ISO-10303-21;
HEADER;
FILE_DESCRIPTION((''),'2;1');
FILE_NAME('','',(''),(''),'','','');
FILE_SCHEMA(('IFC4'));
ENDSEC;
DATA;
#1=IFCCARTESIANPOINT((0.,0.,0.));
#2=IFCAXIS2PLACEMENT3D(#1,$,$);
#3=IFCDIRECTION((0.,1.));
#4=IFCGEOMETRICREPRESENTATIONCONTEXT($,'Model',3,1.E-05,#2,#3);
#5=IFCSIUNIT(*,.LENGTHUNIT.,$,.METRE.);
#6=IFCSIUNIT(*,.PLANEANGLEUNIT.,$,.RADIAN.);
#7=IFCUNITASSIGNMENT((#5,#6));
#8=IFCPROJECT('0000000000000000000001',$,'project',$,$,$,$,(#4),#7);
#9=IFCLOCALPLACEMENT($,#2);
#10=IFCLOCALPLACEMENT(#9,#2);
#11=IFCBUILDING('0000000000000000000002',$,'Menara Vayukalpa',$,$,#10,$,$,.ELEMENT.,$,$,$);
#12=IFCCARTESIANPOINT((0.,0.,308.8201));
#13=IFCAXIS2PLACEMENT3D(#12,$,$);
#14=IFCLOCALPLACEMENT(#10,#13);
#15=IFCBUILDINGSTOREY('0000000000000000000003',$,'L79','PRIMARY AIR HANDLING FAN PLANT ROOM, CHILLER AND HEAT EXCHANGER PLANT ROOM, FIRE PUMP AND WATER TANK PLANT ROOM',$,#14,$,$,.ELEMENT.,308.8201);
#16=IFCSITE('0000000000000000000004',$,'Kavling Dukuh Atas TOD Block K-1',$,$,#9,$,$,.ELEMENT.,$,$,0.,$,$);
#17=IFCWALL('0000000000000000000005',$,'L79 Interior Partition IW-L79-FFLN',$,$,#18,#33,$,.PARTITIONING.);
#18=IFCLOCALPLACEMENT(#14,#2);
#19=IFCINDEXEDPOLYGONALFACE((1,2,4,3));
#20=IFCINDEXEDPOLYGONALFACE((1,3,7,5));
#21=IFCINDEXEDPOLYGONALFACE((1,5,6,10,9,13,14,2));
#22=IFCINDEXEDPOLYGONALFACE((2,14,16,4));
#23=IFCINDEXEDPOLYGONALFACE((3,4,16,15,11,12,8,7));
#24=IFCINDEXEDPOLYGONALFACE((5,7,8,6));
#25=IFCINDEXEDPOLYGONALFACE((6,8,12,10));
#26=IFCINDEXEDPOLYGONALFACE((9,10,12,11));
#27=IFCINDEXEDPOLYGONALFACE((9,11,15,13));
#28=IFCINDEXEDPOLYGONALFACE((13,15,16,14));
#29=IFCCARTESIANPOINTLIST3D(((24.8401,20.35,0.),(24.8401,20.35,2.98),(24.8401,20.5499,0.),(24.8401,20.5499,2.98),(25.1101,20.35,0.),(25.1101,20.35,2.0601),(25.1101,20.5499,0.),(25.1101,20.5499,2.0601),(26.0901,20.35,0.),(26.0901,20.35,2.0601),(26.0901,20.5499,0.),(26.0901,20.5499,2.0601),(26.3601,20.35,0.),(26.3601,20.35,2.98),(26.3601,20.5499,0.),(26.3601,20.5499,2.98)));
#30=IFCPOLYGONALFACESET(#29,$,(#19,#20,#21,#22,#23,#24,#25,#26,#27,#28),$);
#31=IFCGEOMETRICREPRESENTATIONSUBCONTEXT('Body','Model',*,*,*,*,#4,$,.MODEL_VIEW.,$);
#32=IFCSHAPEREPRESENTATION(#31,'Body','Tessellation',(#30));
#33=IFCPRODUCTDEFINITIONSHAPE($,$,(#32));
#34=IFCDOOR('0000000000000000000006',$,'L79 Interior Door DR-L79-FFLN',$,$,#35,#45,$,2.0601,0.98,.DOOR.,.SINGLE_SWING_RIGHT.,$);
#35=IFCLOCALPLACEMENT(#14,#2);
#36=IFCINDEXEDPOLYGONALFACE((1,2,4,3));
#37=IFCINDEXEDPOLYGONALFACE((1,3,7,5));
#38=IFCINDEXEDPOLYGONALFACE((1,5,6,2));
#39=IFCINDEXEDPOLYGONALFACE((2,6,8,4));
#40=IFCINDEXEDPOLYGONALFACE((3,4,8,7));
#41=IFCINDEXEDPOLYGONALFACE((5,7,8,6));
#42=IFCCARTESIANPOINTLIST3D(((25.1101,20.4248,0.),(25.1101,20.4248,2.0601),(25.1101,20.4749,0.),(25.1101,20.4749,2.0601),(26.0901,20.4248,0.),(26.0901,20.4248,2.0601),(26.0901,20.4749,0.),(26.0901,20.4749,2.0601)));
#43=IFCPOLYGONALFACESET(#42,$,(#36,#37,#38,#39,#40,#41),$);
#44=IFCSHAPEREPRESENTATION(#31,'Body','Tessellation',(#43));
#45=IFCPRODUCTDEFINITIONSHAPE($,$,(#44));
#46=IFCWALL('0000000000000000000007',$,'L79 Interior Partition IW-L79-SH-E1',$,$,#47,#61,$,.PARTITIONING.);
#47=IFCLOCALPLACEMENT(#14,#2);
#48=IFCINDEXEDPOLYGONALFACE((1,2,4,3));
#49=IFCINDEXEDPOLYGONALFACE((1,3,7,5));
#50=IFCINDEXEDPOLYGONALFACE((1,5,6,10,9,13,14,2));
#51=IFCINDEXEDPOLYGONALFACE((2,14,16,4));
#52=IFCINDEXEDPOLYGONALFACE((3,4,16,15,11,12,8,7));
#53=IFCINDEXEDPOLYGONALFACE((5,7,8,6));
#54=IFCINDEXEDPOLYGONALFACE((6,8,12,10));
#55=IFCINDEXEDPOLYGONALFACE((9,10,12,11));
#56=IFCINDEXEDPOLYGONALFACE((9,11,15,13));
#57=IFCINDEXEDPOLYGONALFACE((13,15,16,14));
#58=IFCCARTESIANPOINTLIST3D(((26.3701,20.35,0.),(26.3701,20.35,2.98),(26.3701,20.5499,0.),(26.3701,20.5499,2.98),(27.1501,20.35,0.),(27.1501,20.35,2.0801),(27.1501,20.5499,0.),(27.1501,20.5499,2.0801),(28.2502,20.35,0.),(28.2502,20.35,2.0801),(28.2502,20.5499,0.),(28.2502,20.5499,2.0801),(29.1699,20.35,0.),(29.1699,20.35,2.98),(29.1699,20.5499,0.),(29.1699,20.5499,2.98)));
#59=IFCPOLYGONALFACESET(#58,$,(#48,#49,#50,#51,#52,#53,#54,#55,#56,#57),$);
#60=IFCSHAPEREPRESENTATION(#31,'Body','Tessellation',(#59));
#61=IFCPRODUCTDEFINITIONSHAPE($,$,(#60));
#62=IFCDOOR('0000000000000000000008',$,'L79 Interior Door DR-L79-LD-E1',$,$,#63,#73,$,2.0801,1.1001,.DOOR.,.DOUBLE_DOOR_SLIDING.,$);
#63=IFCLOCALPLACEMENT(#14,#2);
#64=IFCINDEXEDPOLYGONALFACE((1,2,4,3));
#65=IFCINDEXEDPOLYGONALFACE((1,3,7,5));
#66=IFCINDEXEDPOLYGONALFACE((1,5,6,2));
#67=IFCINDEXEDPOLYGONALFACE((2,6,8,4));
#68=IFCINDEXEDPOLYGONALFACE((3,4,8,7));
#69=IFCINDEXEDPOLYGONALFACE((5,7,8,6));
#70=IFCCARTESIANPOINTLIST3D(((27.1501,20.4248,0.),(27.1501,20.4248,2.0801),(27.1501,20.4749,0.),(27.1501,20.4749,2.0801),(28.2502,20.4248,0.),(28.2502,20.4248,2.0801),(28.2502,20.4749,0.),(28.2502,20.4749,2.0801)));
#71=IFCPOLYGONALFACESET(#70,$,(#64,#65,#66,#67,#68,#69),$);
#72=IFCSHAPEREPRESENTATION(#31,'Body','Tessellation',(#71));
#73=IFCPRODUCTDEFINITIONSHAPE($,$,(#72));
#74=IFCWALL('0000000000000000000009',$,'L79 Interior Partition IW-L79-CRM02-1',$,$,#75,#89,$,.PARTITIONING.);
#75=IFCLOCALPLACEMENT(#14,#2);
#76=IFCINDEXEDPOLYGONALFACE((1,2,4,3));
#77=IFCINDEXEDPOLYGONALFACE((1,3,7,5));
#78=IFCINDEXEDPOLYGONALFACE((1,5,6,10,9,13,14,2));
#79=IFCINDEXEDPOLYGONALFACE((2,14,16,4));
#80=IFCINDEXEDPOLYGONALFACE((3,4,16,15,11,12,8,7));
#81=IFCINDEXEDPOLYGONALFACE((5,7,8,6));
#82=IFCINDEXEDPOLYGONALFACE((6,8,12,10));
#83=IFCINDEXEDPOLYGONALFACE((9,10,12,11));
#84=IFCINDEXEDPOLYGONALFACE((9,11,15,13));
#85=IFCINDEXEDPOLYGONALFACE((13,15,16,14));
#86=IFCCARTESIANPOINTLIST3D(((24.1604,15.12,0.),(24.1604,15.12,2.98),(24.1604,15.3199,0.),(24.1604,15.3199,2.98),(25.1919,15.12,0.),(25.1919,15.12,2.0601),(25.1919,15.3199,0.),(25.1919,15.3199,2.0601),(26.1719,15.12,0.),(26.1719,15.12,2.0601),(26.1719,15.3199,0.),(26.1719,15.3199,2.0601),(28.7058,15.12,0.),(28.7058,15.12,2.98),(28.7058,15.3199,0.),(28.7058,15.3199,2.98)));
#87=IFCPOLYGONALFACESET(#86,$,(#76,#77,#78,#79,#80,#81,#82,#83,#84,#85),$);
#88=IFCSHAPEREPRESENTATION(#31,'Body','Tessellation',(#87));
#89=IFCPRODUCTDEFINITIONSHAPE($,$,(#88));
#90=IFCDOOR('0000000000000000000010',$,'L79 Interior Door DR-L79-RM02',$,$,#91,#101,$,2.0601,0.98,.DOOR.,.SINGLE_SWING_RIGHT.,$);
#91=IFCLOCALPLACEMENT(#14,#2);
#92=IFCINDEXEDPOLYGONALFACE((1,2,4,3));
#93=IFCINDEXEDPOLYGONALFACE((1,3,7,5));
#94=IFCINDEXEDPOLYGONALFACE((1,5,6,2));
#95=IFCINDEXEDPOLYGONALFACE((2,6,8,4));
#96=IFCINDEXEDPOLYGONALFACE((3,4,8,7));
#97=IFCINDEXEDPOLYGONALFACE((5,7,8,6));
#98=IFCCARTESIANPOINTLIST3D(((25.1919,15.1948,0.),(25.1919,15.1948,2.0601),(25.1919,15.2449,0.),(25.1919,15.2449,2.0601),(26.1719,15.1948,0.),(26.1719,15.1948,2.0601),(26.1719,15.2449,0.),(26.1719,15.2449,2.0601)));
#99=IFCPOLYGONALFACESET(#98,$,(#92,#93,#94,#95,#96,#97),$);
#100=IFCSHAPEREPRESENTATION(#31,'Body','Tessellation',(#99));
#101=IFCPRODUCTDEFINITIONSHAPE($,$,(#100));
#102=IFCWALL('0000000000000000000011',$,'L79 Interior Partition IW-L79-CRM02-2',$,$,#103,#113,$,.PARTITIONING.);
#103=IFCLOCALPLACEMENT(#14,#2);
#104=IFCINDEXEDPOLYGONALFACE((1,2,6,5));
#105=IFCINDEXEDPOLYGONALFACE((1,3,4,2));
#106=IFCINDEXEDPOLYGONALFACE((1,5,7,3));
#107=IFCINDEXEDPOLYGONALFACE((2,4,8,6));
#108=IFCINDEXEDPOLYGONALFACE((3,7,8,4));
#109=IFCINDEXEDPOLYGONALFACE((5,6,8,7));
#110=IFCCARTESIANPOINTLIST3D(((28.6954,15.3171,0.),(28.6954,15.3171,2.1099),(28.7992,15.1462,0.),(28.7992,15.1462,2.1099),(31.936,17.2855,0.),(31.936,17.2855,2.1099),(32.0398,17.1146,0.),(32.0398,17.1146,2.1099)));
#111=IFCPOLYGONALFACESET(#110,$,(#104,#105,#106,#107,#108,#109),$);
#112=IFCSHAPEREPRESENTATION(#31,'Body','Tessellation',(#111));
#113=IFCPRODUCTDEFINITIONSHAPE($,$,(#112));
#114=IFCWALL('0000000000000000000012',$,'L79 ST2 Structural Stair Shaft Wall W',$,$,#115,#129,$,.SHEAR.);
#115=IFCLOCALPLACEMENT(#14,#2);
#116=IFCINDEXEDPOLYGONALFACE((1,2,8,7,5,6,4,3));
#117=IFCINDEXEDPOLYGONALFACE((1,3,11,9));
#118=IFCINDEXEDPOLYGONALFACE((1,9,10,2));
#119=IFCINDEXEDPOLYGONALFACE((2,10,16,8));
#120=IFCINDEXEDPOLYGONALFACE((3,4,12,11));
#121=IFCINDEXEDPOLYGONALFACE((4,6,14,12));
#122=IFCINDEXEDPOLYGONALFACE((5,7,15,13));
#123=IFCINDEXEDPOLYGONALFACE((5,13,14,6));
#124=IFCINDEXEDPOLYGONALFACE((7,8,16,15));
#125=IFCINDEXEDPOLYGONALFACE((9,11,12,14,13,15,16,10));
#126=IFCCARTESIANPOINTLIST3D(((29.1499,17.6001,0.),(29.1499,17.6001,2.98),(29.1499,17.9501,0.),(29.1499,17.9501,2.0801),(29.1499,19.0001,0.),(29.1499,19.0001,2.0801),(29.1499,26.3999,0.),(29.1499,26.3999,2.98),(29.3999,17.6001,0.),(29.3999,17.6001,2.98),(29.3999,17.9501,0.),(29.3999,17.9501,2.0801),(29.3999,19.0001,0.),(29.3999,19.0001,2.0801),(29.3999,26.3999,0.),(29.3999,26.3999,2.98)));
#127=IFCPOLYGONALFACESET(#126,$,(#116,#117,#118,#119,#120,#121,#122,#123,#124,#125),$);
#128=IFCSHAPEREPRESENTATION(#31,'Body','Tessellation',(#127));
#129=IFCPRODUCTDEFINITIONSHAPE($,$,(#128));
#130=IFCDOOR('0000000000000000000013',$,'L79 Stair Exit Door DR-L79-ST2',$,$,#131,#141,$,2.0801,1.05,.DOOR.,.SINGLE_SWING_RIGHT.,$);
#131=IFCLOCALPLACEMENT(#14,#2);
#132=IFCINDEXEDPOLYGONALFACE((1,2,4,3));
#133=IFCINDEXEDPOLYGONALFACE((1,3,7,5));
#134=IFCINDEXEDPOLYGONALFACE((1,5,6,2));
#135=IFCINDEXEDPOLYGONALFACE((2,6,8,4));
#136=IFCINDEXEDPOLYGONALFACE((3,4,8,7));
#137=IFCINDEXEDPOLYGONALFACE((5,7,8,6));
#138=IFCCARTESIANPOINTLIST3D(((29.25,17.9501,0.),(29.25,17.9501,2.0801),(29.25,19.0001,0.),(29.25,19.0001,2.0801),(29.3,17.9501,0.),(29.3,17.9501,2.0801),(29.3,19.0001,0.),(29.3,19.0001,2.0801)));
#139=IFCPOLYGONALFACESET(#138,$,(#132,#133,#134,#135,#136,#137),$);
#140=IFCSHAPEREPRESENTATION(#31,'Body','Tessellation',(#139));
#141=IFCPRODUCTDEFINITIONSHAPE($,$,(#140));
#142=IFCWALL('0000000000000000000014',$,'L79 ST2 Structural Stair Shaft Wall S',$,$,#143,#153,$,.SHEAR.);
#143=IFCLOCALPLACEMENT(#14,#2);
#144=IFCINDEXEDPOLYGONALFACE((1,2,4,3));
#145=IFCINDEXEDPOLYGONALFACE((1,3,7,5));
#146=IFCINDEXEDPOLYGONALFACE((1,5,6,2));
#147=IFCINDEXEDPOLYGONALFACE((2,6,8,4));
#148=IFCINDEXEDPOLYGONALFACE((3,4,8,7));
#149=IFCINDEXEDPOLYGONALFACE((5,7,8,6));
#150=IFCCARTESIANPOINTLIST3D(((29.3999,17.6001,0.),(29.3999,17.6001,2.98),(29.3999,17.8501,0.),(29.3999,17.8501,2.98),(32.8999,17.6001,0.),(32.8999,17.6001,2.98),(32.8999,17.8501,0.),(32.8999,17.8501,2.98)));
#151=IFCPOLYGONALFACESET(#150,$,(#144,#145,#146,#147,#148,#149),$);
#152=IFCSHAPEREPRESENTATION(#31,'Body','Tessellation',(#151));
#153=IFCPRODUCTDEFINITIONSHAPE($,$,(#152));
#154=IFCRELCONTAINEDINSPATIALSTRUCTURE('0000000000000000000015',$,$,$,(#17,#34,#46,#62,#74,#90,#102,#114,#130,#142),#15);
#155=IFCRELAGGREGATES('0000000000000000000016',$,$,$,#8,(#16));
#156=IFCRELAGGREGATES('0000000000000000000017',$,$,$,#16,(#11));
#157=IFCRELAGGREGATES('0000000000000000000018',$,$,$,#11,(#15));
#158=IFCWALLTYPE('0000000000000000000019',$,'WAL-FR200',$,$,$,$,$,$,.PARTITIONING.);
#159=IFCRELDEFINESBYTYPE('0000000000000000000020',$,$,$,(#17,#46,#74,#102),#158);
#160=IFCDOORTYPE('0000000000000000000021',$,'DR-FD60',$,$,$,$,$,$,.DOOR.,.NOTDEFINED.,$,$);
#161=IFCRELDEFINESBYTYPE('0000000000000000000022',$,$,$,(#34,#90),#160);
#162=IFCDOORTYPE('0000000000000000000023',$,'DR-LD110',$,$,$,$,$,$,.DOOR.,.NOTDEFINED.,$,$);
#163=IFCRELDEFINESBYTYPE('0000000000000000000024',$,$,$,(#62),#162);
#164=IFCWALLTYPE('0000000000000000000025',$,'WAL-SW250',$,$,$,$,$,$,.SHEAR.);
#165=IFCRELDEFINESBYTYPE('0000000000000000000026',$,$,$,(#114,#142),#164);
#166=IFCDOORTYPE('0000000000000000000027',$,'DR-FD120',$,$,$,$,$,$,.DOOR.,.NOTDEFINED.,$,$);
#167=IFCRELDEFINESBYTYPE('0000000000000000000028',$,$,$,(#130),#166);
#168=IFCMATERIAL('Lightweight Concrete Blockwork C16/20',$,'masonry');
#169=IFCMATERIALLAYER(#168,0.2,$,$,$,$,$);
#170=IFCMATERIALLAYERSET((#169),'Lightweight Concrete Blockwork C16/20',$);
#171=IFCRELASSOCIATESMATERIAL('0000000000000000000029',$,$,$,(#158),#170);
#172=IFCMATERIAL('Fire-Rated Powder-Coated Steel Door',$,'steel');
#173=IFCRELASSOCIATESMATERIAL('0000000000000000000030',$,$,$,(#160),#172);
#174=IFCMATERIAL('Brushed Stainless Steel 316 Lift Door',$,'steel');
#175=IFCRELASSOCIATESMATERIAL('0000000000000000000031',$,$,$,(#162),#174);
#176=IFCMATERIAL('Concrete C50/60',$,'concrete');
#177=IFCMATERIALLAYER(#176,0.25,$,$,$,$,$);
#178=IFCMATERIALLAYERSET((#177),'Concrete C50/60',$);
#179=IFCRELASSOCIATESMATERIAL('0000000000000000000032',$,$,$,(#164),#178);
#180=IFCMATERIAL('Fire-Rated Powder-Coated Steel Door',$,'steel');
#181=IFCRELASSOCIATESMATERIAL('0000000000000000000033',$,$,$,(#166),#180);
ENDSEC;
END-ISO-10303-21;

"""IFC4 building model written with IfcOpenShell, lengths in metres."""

from ifc_helpers import new_model, si_unit, direction, frame, frame_2d, origin, place, context, subcontext, project, spatial, rectangle, extrude, material, layer, layer_set, type_object, element, fill, save


model = new_model("IFC4")

# Units and contexts
model_context = context("Model", 3, precision=1e-05, world=origin(), true_north=direction((0.0, 1.0)))
body_context = subcontext(model_context, "Body", "Model", "MODEL_VIEW")
ifc_project = project(units=[si_unit("LENGTHUNIT", "METRE"), si_unit("PLANEANGLEUNIT", "RADIAN")], contexts=[model_context])

# Site, building, storey
site_placement = place(None, origin())
site = spatial("IfcSite", under=ifc_project, at=site_placement, Name="Kavling Dukuh Atas TOD Block K-1", CompositionType="ELEMENT", RefElevation=0.0)
building_placement = place(site_placement, origin())
building = spatial("IfcBuilding", under=site, at=building_placement, Name="Menara Vayukalpa", CompositionType="ELEMENT")
storey_placement = place(building_placement, frame((0.0, 0.0, 308.8201)))
storey = spatial("IfcBuildingStorey", under=building, at=storey_placement, Name="L79", Description="PRIMARY AIR HANDLING FAN PLANT ROOM, CHILLER AND HEAT EXCHANGER PLANT ROOM, FIRE PUMP AND WATER TANK PLANT ROOM", CompositionType="ELEMENT", Elevation=308.8201)

# Walls, openings, doors
ifc_material_1 = material(Name="Lightweight Concrete Blockwork C16/20", Category="masonry")
ifc_layer_1 = layer(ifc_material_1, 0.2)
ifc_layer_set_1 = layer_set([ifc_layer_1], Name="Lightweight Concrete Blockwork C16/20")
wall_type_1 = type_object("IfcWallType", Name="WAL-FR200", PredefinedType="PARTITIONING", material=ifc_layer_set_1)
wall_1_placement = place(storey_placement, frame((24.8401, 20.45, 0.0), z_axis=(0.0, 0.0, 1.0), x_axis=(1.0, 0.0, 0.0)))
wall_1 = element("IfcWall", 1, at=wall_1_placement, inside=storey, type_object=wall_type_1, Name="L79 Interior Partition IW-L79-FFLN", PredefinedType="PARTITIONING", context=body_context, shape_type="SweptSolid", body=[
    extrude(rectangle(XDim=1.52, YDim=0.2, at=frame_2d((0.76, 0.0))), origin(), (0.0, 0.0, 1.0), 2.98),
])
opening_1_placement = place(wall_1_placement, frame((0.27, 0.0, 0.0)))
opening_1 = element("IfcOpeningElement", 2, at=opening_1_placement, cuts=wall_1, PredefinedType="OPENING", context=body_context, shape_type="SweptSolid", body=[
    extrude(rectangle(XDim=0.98, YDim=2.0601, at=frame_2d((0.49, 1.03))), frame((0.0, 0.1099, 0.0), z_axis=(0.0, -1.0, 0.0), x_axis=(1.0, 0.0, 0.0)), (0.0, 0.0, 1.0), 0.22),
])
ifc_material_2 = material(Name="Fire-Rated Powder-Coated Steel Door", Category="steel")
door_type_1 = type_object("IfcDoorType", Name="DR-FD60", OperationType="NOTDEFINED", PredefinedType="DOOR", material=ifc_material_2)
door_1_placement = place(opening_1_placement, origin())
door_1 = element("IfcDoor", 3, at=door_1_placement, inside=storey, type_object=door_type_1, Name="L79 Interior Door DR-L79-FFLN", OperationType="SINGLE_SWING_RIGHT", OverallHeight=2.0601, OverallWidth=0.98, PredefinedType="DOOR", context=body_context, shape_type="SweptSolid", body=[
    extrude(rectangle(XDim=0.98, YDim=2.0601, at=frame_2d((0.49, 1.03))), frame((0.0, 0.0249, 0.0), z_axis=(0.0, -1.0, 0.0), x_axis=(1.0, 0.0, 0.0)), (0.0, 0.0, 1.0), 0.05),
])
fill(opening_1, door_1)
wall_2_placement = place(storey_placement, frame((26.3701, 20.45, 0.0), z_axis=(0.0, 0.0, 1.0), x_axis=(1.0, 0.0, 0.0)))
wall_2 = element("IfcWall", 4, at=wall_2_placement, inside=storey, type_object=wall_type_1, Name="L79 Interior Partition IW-L79-SH-E1", PredefinedType="PARTITIONING", context=body_context, shape_type="SweptSolid", body=[
    extrude(rectangle(XDim=2.7998, YDim=0.2, at=frame_2d((1.3999, 0.0))), origin(), (0.0, 0.0, 1.0), 2.98),
])
opening_2_placement = place(wall_2_placement, frame((0.78, 0.0, 0.0)))
opening_2 = element("IfcOpeningElement", 5, at=opening_2_placement, cuts=wall_2, PredefinedType="OPENING", context=body_context, shape_type="SweptSolid", body=[
    extrude(rectangle(XDim=1.1001, YDim=2.0801, at=frame_2d((0.55, 1.04))), frame((0.0, 0.1099, 0.0), z_axis=(0.0, -1.0, 0.0), x_axis=(1.0, 0.0, 0.0)), (0.0, 0.0, 1.0), 0.22),
])
ifc_material_3 = material(Name="Brushed Stainless Steel 316 Lift Door", Category="steel")
door_type_2 = type_object("IfcDoorType", Name="DR-LD110", OperationType="NOTDEFINED", PredefinedType="DOOR", material=ifc_material_3)
door_2_placement = place(opening_2_placement, origin())
door_2 = element("IfcDoor", 6, at=door_2_placement, inside=storey, type_object=door_type_2, Name="L79 Interior Door DR-L79-LD-E1", OperationType="DOUBLE_DOOR_SLIDING", OverallHeight=2.0801, OverallWidth=1.1001, PredefinedType="DOOR", context=body_context, shape_type="SweptSolid", body=[
    extrude(rectangle(XDim=1.1001, YDim=2.0801, at=frame_2d((0.55, 1.04))), frame((0.0, 0.0249, 0.0), z_axis=(0.0, -1.0, 0.0), x_axis=(1.0, 0.0, 0.0)), (0.0, 0.0, 1.0), 0.05),
])
fill(opening_2, door_2)
wall_3_placement = place(storey_placement, frame((24.1604, 15.22, 0.0), z_axis=(0.0, 0.0, 1.0), x_axis=(1.0, 0.0, 0.0)))
wall_3 = element("IfcWall", 7, at=wall_3_placement, inside=storey, type_object=wall_type_1, Name="L79 Interior Partition IW-L79-CRM02-1", PredefinedType="PARTITIONING", context=body_context, shape_type="SweptSolid", body=[
    extrude(rectangle(XDim=4.5454, YDim=0.2, at=frame_2d((2.2727, 0.0))), origin(), (0.0, 0.0, 1.0), 2.98),
])
opening_3_placement = place(wall_3_placement, frame((1.0315, 0.0, 0.0)))
opening_3 = element("IfcOpeningElement", 8, at=opening_3_placement, cuts=wall_3, PredefinedType="OPENING", context=body_context, shape_type="SweptSolid", body=[
    extrude(rectangle(XDim=0.98, YDim=2.0601, at=frame_2d((0.49, 1.03))), frame((0.0, 0.1099, 0.0), z_axis=(0.0, -1.0, 0.0), x_axis=(1.0, 0.0, 0.0)), (0.0, 0.0, 1.0), 0.22),
])
door_3_placement = place(opening_3_placement, origin())
door_3 = element("IfcDoor", 9, at=door_3_placement, inside=storey, type_object=door_type_1, Name="L79 Interior Door DR-L79-RM02", OperationType="SINGLE_SWING_RIGHT", OverallHeight=2.0601, OverallWidth=0.98, PredefinedType="DOOR", context=body_context, shape_type="SweptSolid", body=[
    extrude(rectangle(XDim=0.98, YDim=2.0601, at=frame_2d((0.49, 1.03))), frame((0.0, 0.0249, 0.0), z_axis=(0.0, -1.0, 0.0), x_axis=(1.0, 0.0, 0.0)), (0.0, 0.0, 1.0), 0.05),
])
fill(opening_3, door_3)

# Wall
wall_4_placement = place(storey_placement, frame((28.7473, 15.2317, 0.0), z_axis=(0.0, 0.0, 1.0), x_axis=(0.854691, 0.519138, 0.0)))
element("IfcWall", 10, at=wall_4_placement, inside=storey, type_object=wall_type_1, Name="L79 Interior Partition IW-L79-CRM02-2", PredefinedType="PARTITIONING", context=body_context, shape_type="SweptSolid", body=[
    extrude(rectangle(XDim=3.7915, YDim=0.2, at=frame_2d((1.8958, 0.0))), origin(), (0.0, 0.0, 1.0), 2.1099),
])

# Wall, opening, door
ifc_material_4 = material(Name="Concrete C50/60", Category="concrete")
ifc_layer_2 = layer(ifc_material_4, 0.25)
ifc_layer_set_2 = layer_set([ifc_layer_2], Name="Concrete C50/60")
wall_type_2 = type_object("IfcWallType", Name="WAL-SW250", PredefinedType="SHEAR", material=ifc_layer_set_2)
wall_5_placement = place(storey_placement, frame((29.2749, 17.6001, 0.0), z_axis=(0.0, 0.0, 1.0), x_axis=(0.0, 1.0, 0.0)))
wall_5 = element("IfcWall", 11, at=wall_5_placement, inside=storey, type_object=wall_type_2, Name="L79 ST2 Structural Stair Shaft Wall W", PredefinedType="SHEAR", context=body_context, shape_type="SweptSolid", body=[
    extrude(rectangle(XDim=8.7998, YDim=0.25, at=frame_2d((4.3999, 0.0))), origin(), (0.0, 0.0, 1.0), 2.98),
])
opening_4_placement = place(wall_5_placement, frame((0.3501, 0.0, 0.0)))
opening_4 = element("IfcOpeningElement", 12, at=opening_4_placement, cuts=wall_5, PredefinedType="OPENING", context=body_context, shape_type="SweptSolid", body=[
    extrude(rectangle(XDim=1.05, YDim=2.0801, at=frame_2d((0.5249, 1.04))), frame((0.0, 0.135, 0.0), z_axis=(0.0, -1.0, 0.0), x_axis=(1.0, 0.0, 0.0)), (0.0, 0.0, 1.0), 0.27),
])
ifc_material_5 = material(Name="Fire-Rated Powder-Coated Steel Door", Category="steel")
door_type_3 = type_object("IfcDoorType", Name="DR-FD120", OperationType="NOTDEFINED", PredefinedType="DOOR", material=ifc_material_5)
door_4_placement = place(opening_4_placement, origin())
door_4 = element("IfcDoor", 13, at=door_4_placement, inside=storey, type_object=door_type_3, Name="L79 Stair Exit Door DR-L79-ST2", OperationType="SINGLE_SWING_RIGHT", OverallHeight=2.0801, OverallWidth=1.05, PredefinedType="DOOR", context=body_context, shape_type="SweptSolid", body=[
    extrude(rectangle(XDim=1.05, YDim=2.0801, at=frame_2d((0.5249, 1.04))), frame((0.0, 0.0249, 0.0), z_axis=(0.0, -1.0, 0.0), x_axis=(1.0, 0.0, 0.0)), (0.0, 0.0, 1.0), 0.05),
])
fill(opening_4, door_4)

# Wall
wall_6_placement = place(storey_placement, frame((29.3999, 17.7251, 0.0), z_axis=(0.0, 0.0, 1.0), x_axis=(1.0, 0.0, 0.0)))
element("IfcWall", 14, at=wall_6_placement, inside=storey, type_object=wall_type_2, Name="L79 ST2 Structural Stair Shaft Wall S", PredefinedType="SHEAR", context=body_context, shape_type="SweptSolid", body=[
    extrude(rectangle(XDim=3.5, YDim=0.25, at=frame_2d((1.75, 0.0))), origin(), (0.0, 0.0, 1.0), 2.98),
])

save(model, "model.ifc")
